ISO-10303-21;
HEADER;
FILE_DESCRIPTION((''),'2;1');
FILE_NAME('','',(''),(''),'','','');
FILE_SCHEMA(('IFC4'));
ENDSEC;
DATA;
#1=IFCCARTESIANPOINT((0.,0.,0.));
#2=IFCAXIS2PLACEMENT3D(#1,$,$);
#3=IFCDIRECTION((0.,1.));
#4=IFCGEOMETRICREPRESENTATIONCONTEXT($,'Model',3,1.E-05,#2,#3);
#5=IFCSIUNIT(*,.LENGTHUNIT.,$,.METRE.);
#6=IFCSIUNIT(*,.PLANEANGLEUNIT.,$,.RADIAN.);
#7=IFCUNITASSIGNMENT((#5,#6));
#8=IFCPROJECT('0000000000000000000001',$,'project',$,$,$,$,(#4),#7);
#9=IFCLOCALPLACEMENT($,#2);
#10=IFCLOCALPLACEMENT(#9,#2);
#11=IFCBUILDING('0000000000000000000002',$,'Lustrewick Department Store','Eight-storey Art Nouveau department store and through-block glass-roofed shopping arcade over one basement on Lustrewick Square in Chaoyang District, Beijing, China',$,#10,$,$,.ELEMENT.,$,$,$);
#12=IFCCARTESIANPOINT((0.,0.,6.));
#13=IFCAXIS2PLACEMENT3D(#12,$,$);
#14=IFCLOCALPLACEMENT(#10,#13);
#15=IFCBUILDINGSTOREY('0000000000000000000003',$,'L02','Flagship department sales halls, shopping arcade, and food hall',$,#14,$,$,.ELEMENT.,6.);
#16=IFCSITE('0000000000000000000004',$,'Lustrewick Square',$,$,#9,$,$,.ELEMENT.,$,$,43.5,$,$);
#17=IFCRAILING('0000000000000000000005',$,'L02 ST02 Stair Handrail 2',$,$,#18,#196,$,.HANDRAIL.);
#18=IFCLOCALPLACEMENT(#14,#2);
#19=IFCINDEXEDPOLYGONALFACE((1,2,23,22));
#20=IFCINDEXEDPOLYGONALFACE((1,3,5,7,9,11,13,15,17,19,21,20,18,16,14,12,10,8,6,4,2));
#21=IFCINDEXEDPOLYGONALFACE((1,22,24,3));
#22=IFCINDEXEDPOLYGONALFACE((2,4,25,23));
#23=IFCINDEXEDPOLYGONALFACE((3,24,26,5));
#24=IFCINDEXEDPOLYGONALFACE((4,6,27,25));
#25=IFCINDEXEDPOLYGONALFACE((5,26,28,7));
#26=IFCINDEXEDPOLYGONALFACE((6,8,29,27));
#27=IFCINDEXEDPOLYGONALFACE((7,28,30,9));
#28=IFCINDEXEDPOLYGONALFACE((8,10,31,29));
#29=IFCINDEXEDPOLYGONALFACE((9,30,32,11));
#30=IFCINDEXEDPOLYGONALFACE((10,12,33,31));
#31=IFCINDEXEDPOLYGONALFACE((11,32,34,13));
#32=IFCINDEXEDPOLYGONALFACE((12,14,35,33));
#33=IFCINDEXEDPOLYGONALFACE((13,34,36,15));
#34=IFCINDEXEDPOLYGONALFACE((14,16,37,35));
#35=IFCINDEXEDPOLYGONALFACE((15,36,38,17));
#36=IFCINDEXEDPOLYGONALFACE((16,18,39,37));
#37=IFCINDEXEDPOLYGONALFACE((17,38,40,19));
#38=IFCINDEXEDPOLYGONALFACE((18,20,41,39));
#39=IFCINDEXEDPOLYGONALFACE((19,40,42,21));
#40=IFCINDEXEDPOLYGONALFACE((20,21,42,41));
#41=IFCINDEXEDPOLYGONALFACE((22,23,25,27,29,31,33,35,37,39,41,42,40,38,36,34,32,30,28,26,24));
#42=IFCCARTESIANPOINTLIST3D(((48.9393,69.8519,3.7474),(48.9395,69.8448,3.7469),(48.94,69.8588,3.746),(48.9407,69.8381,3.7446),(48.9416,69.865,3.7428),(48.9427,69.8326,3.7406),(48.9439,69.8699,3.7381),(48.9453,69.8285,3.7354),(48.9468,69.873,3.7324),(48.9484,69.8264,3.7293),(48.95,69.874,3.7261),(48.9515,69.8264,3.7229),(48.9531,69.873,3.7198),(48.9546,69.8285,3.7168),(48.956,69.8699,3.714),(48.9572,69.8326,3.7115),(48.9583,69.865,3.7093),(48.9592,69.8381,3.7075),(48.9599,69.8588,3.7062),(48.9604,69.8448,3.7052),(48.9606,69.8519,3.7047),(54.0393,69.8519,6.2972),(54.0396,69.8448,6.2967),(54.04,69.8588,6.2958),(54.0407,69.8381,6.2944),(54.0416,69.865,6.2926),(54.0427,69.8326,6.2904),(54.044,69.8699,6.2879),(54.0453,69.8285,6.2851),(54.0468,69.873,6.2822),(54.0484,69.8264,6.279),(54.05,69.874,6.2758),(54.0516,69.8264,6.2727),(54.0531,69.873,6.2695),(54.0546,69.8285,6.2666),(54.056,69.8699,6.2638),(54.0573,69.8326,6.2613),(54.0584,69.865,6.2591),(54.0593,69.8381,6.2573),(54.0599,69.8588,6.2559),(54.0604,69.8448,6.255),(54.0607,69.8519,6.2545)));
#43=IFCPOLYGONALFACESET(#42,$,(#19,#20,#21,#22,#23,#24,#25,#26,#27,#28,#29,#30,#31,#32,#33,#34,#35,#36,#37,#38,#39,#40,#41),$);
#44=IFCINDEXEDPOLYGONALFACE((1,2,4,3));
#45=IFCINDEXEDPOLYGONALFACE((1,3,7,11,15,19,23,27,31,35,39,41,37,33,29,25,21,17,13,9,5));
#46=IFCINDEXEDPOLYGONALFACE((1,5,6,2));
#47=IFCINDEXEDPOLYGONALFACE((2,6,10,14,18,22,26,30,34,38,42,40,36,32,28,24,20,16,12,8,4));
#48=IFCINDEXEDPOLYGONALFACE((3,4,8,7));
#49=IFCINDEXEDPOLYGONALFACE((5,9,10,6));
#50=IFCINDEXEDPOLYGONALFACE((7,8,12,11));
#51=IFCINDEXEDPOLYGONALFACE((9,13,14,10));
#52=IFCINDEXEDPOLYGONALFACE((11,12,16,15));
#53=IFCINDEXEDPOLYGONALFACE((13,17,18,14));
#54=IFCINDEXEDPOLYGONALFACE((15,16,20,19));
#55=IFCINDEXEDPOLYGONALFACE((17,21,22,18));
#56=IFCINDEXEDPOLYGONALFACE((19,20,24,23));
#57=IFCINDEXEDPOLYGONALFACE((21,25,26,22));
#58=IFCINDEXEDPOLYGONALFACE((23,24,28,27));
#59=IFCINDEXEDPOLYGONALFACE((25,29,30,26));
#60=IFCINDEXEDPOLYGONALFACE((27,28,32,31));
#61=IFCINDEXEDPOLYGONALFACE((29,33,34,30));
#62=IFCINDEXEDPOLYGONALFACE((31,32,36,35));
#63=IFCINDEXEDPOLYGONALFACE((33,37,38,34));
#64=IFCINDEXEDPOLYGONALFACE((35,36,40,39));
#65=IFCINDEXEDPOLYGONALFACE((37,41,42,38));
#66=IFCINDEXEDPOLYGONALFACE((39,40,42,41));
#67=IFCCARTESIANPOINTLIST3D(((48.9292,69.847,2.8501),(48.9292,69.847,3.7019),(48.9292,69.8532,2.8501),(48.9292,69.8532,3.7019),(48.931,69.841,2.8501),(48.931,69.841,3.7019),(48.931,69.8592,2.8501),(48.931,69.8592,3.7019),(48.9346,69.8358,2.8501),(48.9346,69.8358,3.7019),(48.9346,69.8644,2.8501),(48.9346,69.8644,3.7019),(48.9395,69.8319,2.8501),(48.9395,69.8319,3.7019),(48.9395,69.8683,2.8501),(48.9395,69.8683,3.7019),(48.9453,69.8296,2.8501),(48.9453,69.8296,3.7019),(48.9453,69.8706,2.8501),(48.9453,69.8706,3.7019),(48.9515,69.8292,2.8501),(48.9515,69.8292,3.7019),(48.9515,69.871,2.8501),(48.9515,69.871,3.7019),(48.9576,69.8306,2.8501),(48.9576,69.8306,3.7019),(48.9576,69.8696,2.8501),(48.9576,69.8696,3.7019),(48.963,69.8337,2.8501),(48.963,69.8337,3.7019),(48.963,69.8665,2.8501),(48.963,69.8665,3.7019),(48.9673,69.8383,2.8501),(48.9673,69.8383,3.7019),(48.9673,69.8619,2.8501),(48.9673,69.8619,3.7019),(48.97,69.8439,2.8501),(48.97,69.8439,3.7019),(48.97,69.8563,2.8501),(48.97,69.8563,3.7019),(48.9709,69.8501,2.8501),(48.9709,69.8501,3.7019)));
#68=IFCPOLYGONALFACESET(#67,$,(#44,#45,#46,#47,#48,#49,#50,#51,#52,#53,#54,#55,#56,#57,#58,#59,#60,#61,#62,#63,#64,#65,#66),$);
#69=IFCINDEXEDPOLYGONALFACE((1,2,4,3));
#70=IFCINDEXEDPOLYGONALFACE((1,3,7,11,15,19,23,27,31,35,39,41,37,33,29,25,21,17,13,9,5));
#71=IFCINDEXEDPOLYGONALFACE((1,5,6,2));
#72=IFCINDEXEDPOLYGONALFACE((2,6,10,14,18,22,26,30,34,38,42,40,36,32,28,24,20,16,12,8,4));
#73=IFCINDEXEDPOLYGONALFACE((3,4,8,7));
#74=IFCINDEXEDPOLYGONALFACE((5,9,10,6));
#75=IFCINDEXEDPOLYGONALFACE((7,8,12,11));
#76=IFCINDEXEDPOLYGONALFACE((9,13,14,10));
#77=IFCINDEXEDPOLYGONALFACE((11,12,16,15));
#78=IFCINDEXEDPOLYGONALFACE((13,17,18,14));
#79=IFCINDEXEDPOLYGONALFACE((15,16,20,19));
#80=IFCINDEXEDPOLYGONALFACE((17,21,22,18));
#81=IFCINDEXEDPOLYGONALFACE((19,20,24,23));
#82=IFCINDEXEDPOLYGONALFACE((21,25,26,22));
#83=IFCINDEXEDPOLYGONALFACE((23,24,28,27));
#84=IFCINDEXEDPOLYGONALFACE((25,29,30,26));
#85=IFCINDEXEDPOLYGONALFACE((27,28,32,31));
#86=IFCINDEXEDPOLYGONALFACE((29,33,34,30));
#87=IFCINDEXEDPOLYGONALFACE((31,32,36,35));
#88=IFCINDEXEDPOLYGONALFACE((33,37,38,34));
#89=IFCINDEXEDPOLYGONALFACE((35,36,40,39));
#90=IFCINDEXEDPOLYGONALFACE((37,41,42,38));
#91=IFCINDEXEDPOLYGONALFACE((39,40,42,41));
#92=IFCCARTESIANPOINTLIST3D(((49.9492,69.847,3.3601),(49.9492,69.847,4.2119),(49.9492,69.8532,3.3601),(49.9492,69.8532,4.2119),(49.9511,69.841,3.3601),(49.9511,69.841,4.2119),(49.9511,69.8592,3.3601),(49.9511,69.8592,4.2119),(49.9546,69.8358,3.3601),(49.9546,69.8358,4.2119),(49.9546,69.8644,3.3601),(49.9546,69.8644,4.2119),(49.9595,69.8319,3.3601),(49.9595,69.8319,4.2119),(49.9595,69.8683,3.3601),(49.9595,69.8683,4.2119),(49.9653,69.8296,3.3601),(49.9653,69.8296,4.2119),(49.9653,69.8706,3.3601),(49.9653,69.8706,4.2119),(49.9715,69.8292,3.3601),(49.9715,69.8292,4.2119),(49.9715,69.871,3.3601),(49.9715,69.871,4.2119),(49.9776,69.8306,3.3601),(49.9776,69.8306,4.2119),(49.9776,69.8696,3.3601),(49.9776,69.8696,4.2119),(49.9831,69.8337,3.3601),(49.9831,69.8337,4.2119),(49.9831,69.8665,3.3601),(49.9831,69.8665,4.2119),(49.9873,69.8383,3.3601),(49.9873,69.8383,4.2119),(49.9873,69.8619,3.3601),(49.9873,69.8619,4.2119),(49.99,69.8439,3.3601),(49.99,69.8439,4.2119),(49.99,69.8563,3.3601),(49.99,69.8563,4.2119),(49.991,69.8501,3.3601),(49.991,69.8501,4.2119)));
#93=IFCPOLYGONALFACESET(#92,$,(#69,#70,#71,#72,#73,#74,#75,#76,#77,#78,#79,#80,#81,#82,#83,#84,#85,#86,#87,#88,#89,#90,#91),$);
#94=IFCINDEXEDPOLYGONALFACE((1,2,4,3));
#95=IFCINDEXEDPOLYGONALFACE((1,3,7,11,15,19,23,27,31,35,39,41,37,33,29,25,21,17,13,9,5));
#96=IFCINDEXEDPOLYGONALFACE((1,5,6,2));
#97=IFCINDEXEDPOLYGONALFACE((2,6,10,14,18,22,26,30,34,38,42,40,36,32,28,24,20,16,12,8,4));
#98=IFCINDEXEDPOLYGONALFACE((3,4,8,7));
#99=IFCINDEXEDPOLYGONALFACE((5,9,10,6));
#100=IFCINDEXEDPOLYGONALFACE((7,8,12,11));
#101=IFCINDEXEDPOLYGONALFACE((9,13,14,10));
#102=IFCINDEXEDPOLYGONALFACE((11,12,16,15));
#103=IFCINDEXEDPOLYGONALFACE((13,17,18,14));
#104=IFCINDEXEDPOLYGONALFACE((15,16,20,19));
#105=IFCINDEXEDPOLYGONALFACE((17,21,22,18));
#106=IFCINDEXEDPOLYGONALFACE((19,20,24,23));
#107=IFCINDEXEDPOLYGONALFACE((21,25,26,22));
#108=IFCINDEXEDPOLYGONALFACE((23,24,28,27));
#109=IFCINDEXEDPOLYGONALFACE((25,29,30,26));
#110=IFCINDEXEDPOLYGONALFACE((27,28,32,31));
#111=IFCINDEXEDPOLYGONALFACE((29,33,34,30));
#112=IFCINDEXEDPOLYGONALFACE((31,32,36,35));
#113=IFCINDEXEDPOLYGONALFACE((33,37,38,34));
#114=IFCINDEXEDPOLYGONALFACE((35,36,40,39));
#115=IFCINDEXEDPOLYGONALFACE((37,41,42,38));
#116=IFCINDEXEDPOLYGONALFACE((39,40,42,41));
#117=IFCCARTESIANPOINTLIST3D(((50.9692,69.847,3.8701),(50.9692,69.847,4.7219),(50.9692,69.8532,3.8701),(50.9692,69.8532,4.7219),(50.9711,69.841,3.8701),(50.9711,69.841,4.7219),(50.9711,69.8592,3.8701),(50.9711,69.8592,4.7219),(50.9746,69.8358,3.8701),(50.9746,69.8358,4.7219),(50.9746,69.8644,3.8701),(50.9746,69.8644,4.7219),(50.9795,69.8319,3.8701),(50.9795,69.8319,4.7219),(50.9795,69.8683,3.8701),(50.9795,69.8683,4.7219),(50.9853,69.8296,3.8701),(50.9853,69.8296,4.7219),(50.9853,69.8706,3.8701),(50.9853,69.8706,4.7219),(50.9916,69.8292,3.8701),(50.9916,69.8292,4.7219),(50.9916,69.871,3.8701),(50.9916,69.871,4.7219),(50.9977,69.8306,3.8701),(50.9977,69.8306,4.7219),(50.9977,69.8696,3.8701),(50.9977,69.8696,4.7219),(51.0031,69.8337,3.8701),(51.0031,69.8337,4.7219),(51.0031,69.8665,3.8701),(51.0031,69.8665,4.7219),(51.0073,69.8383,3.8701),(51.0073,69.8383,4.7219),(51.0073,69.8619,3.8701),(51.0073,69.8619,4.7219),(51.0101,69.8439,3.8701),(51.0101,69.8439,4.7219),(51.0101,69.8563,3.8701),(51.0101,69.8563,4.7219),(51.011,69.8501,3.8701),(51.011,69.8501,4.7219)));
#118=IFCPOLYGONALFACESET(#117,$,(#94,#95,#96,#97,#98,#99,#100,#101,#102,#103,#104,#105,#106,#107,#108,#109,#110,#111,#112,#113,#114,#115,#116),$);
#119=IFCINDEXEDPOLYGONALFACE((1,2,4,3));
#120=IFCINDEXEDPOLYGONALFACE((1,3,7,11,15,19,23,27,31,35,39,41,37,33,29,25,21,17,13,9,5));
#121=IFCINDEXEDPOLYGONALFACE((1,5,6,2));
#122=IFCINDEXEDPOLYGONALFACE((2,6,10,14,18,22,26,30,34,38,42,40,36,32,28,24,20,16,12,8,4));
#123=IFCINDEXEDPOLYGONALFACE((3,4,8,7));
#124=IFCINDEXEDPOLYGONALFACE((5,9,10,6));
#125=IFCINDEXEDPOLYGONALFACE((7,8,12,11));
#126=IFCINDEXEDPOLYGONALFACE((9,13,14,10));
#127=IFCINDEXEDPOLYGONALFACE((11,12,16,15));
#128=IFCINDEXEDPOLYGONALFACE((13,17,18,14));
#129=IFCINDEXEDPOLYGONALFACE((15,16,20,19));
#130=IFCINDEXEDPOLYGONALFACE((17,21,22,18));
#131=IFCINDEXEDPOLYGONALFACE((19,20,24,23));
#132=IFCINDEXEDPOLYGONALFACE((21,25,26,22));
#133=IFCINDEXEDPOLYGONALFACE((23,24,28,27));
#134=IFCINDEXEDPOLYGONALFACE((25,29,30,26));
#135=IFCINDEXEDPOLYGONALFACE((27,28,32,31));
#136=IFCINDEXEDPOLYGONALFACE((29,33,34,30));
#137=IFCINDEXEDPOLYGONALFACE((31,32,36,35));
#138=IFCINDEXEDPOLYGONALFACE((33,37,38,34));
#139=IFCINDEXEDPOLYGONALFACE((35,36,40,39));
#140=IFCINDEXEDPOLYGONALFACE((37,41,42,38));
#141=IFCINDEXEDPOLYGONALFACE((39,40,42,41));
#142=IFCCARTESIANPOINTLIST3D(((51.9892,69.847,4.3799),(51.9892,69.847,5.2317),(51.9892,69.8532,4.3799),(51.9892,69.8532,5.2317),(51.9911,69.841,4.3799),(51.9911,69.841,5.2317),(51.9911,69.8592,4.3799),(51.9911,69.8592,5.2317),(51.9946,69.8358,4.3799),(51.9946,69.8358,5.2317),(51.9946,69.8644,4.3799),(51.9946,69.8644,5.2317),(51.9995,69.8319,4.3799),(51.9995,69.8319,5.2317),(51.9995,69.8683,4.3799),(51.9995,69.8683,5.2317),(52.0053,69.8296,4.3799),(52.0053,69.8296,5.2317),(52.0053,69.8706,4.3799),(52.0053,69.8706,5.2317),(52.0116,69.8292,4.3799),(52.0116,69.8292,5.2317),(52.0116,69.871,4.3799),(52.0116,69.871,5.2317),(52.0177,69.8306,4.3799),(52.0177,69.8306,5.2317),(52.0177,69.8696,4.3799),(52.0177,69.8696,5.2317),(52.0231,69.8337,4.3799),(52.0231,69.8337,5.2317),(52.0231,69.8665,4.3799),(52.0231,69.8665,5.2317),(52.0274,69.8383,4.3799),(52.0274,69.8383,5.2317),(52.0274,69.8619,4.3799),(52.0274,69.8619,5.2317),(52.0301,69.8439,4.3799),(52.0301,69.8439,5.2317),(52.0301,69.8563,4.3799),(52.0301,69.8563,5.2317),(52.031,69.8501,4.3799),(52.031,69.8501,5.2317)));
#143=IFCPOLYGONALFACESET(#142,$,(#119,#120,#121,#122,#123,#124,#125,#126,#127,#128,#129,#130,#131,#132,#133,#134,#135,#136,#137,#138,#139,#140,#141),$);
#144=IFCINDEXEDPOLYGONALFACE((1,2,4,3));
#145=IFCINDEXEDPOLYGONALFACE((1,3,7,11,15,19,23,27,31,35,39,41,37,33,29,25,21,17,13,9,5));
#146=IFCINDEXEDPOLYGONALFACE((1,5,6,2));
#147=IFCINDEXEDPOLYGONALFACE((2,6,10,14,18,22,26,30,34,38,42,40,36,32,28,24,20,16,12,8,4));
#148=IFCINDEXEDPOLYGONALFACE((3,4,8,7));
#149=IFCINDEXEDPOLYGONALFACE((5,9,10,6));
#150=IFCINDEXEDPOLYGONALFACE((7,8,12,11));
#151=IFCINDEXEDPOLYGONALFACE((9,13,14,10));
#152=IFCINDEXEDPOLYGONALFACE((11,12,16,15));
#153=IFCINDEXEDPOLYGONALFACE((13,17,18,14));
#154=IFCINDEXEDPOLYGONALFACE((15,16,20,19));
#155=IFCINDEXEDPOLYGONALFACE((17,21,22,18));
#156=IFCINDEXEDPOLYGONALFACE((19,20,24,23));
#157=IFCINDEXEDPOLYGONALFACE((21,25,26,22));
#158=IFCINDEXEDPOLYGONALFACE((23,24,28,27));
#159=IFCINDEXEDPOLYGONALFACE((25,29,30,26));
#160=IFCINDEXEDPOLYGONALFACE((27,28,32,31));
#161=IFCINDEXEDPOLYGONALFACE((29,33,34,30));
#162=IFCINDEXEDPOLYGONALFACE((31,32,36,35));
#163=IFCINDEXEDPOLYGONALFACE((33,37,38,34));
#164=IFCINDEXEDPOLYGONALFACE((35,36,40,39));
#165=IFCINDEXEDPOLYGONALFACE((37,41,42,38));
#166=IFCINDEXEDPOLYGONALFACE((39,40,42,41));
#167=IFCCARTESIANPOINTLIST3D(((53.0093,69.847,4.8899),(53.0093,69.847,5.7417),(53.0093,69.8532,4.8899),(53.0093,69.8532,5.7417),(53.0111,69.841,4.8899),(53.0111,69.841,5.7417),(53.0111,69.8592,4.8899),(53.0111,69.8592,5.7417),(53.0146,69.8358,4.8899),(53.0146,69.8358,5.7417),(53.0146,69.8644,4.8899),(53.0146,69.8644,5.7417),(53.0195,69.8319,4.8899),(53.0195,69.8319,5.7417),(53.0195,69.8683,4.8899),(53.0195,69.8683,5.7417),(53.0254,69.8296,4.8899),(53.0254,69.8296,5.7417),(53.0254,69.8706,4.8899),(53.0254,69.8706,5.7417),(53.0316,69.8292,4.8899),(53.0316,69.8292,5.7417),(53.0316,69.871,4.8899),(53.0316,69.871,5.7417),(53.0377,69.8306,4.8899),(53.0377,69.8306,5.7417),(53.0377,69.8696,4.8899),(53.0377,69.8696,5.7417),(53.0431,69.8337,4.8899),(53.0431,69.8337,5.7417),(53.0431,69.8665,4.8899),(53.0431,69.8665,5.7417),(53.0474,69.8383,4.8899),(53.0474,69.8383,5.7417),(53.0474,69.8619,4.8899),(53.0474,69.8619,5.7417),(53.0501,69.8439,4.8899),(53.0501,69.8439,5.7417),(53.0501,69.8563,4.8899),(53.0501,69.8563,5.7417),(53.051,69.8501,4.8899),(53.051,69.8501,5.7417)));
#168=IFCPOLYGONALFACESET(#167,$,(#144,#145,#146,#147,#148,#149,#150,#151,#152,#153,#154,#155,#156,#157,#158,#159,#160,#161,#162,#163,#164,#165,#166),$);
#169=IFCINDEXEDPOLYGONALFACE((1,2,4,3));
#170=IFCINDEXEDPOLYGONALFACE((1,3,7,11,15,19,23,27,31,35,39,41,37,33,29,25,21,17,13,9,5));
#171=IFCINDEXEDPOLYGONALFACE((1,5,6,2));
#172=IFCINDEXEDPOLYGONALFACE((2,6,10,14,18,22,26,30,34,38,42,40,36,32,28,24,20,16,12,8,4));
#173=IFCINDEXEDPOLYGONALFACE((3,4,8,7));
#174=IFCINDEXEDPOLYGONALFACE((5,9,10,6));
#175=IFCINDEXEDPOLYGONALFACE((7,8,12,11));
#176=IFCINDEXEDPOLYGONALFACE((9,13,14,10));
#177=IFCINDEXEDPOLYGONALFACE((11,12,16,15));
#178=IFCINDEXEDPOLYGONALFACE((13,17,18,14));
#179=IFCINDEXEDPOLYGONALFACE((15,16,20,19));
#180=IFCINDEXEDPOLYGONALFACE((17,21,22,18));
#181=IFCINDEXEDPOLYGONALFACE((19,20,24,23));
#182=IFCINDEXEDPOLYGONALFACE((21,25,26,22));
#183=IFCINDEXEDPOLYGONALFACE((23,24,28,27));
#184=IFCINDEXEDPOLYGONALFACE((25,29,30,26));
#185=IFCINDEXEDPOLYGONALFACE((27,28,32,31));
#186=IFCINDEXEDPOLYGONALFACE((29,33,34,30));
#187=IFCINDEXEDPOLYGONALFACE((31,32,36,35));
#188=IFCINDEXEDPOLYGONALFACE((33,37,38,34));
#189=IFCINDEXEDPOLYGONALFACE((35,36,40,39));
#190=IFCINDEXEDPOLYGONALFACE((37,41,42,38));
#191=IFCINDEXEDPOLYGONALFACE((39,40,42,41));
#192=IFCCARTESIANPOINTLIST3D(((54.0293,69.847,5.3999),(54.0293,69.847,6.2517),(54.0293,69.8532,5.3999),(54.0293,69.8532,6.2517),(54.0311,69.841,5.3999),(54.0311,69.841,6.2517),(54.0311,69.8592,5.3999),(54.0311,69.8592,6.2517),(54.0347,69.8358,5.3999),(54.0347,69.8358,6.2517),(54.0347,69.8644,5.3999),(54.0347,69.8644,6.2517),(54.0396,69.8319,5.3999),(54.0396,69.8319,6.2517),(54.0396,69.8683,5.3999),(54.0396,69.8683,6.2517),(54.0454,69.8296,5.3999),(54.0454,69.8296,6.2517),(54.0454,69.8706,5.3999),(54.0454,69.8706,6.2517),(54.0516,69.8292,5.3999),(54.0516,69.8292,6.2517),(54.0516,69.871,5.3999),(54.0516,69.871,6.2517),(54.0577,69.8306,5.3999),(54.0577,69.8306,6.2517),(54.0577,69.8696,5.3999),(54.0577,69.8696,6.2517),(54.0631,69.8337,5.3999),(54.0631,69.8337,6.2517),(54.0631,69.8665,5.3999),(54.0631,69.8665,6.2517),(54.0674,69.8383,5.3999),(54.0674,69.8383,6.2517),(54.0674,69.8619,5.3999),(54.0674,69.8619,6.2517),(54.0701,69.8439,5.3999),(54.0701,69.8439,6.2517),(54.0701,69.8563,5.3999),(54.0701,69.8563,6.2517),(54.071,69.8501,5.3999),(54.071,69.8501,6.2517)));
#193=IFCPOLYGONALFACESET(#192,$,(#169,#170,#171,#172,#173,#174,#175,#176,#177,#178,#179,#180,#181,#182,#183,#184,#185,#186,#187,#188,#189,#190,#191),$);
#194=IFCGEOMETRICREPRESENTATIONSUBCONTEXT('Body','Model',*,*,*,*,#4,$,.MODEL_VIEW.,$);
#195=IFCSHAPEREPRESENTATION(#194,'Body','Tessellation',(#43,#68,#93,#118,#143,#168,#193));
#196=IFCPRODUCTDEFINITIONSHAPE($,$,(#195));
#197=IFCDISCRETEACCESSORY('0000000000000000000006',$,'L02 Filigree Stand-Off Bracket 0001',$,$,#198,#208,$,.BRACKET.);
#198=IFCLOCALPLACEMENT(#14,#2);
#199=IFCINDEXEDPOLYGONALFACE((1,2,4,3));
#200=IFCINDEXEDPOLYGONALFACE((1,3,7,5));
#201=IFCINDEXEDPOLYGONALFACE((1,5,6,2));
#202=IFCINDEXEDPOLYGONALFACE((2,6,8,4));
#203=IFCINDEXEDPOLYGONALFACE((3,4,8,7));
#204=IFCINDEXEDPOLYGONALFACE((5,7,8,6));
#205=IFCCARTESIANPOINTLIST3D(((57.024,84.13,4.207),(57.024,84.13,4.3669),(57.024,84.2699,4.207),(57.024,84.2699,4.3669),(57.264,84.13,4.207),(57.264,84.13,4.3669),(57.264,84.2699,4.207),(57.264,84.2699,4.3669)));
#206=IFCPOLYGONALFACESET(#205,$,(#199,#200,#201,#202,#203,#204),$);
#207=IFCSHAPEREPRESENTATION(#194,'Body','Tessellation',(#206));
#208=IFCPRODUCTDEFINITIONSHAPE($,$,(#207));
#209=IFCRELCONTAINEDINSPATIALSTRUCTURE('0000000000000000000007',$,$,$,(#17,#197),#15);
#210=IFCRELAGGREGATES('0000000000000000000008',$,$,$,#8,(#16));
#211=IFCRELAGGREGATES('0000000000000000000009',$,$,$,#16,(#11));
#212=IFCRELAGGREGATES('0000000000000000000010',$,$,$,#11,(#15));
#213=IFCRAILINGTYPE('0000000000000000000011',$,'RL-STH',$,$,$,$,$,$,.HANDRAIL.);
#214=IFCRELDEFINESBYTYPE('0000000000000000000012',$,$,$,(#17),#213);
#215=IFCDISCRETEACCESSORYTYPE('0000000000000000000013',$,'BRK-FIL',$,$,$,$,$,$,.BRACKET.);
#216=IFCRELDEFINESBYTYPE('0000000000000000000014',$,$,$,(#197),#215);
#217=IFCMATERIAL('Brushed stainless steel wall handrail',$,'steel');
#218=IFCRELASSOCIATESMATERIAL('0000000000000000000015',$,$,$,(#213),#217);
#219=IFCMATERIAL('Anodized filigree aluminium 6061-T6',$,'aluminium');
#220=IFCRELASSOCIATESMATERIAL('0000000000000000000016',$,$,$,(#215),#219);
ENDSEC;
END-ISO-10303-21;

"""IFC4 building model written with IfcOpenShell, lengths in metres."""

from ifc_helpers import new_model, si_unit, direction, frame, origin, origin_2d, place, context, subcontext, project, spatial, rectangle, circle, extrude, material, type_object, element, save


model = new_model("IFC4")

# Units and contexts
model_context = context("Model", 3, precision=1e-05, world=origin(), true_north=direction((0.0, 1.0)))
body_context = subcontext(model_context, "Body", "Model", "MODEL_VIEW")
ifc_project = project(units=[si_unit("LENGTHUNIT", "METRE"), si_unit("PLANEANGLEUNIT", "RADIAN")], contexts=[model_context])

# Site, building, storey
site_placement = place(None, origin())
site = spatial("IfcSite", under=ifc_project, at=site_placement, Name="Lustrewick Square", CompositionType="ELEMENT", RefElevation=43.5)
building_placement = place(site_placement, origin())
building = spatial("IfcBuilding", under=site, at=building_placement, Name="Lustrewick Department Store", Description="Eight-storey Art Nouveau department store and through-block glass-roofed shopping arcade over one basement on Lustrewick Square in Chaoyang District, Beijing, China", CompositionType="ELEMENT")
storey_placement = place(building_placement, frame((0.0, 0.0, 6.0)))
storey = spatial("IfcBuildingStorey", under=building, at=storey_placement, Name="L02", Description="Flagship department sales halls, shopping arcade, and food hall", CompositionType="ELEMENT", Elevation=6.0)

# Railing
ifc_material_1 = material(Name="Brushed stainless steel wall handrail", Category="steel")
railing_type_1 = type_object("IfcRailingType", Name="RL-STH", PredefinedType="HANDRAIL", material=ifc_material_1)
railing_1_placement = place(storey_placement, frame((48.95, 69.8501, 2.8501)))
element("IfcRailing", 1, at=railing_1_placement, inside=storey, type_object=railing_type_1, Name="L02 ST02 Stair Handrail 2", PredefinedType="HANDRAIL", context=body_context, shape_type="SweptSolid", body=[
    extrude(circle(Radius=0.0239, at=origin_2d()), frame((0.0, 0.0, 0.876), z_axis=(0.894444, 0.0, 0.447179), x_axis=(0.0, 1.0, 0.0)), (0.0, 0.0, 1.0), 5.7019),
    extrude(circle(Radius=0.021, at=origin_2d()), origin(), (0.0, 0.0, 1.0), 0.8518),
    extrude(circle(Radius=0.021, at=origin_2d()), frame((1.02, 0.0, 0.51)), (0.0, 0.0, 1.0), 0.8518),
    extrude(circle(Radius=0.021, at=origin_2d()), frame((2.04, 0.0, 1.02)), (0.0, 0.0, 1.0), 0.8518),
    extrude(circle(Radius=0.021, at=origin_2d()), frame((3.0601, 0.0, 1.5298)), (0.0, 0.0, 1.0), 0.8518),
    extrude(circle(Radius=0.021, at=origin_2d()), frame((4.0801, 0.0, 2.0398)), (0.0, 0.0, 1.0), 0.8518),
    extrude(circle(Radius=0.021, at=origin_2d()), frame((5.1001, 0.0, 2.5498)), (0.0, 0.0, 1.0), 0.8518),
])

# Discrete accessory
ifc_material_2 = material(Name="Anodized filigree aluminium 6061-T6", Category="aluminium")
discrete_accessory_type = type_object("IfcDiscreteAccessoryType", Name="BRK-FIL", PredefinedType="BRACKET", material=ifc_material_2)
for number, where, z_axis, x_axis, name in (
    (2, (57.144, 84.2, 4.207), (0.0, 0.0, 1.0), (-1.0, 0.0, 0.0), "L02 Filigree Stand-Off Bracket 0001"),
):
    element("IfcDiscreteAccessory", number, at=place(storey_placement, frame(where, z_axis=z_axis, x_axis=x_axis)), inside=storey, type_object=discrete_accessory_type, Name=name, PredefinedType="BRACKET", context=body_context, shape_type="SweptSolid", body=[
        extrude(rectangle(XDim=0.24, YDim=0.1399, at=origin_2d()), origin(), (0.0, 0.0, 1.0), 0.1599),
    ])

save(model, "model.ifc")
